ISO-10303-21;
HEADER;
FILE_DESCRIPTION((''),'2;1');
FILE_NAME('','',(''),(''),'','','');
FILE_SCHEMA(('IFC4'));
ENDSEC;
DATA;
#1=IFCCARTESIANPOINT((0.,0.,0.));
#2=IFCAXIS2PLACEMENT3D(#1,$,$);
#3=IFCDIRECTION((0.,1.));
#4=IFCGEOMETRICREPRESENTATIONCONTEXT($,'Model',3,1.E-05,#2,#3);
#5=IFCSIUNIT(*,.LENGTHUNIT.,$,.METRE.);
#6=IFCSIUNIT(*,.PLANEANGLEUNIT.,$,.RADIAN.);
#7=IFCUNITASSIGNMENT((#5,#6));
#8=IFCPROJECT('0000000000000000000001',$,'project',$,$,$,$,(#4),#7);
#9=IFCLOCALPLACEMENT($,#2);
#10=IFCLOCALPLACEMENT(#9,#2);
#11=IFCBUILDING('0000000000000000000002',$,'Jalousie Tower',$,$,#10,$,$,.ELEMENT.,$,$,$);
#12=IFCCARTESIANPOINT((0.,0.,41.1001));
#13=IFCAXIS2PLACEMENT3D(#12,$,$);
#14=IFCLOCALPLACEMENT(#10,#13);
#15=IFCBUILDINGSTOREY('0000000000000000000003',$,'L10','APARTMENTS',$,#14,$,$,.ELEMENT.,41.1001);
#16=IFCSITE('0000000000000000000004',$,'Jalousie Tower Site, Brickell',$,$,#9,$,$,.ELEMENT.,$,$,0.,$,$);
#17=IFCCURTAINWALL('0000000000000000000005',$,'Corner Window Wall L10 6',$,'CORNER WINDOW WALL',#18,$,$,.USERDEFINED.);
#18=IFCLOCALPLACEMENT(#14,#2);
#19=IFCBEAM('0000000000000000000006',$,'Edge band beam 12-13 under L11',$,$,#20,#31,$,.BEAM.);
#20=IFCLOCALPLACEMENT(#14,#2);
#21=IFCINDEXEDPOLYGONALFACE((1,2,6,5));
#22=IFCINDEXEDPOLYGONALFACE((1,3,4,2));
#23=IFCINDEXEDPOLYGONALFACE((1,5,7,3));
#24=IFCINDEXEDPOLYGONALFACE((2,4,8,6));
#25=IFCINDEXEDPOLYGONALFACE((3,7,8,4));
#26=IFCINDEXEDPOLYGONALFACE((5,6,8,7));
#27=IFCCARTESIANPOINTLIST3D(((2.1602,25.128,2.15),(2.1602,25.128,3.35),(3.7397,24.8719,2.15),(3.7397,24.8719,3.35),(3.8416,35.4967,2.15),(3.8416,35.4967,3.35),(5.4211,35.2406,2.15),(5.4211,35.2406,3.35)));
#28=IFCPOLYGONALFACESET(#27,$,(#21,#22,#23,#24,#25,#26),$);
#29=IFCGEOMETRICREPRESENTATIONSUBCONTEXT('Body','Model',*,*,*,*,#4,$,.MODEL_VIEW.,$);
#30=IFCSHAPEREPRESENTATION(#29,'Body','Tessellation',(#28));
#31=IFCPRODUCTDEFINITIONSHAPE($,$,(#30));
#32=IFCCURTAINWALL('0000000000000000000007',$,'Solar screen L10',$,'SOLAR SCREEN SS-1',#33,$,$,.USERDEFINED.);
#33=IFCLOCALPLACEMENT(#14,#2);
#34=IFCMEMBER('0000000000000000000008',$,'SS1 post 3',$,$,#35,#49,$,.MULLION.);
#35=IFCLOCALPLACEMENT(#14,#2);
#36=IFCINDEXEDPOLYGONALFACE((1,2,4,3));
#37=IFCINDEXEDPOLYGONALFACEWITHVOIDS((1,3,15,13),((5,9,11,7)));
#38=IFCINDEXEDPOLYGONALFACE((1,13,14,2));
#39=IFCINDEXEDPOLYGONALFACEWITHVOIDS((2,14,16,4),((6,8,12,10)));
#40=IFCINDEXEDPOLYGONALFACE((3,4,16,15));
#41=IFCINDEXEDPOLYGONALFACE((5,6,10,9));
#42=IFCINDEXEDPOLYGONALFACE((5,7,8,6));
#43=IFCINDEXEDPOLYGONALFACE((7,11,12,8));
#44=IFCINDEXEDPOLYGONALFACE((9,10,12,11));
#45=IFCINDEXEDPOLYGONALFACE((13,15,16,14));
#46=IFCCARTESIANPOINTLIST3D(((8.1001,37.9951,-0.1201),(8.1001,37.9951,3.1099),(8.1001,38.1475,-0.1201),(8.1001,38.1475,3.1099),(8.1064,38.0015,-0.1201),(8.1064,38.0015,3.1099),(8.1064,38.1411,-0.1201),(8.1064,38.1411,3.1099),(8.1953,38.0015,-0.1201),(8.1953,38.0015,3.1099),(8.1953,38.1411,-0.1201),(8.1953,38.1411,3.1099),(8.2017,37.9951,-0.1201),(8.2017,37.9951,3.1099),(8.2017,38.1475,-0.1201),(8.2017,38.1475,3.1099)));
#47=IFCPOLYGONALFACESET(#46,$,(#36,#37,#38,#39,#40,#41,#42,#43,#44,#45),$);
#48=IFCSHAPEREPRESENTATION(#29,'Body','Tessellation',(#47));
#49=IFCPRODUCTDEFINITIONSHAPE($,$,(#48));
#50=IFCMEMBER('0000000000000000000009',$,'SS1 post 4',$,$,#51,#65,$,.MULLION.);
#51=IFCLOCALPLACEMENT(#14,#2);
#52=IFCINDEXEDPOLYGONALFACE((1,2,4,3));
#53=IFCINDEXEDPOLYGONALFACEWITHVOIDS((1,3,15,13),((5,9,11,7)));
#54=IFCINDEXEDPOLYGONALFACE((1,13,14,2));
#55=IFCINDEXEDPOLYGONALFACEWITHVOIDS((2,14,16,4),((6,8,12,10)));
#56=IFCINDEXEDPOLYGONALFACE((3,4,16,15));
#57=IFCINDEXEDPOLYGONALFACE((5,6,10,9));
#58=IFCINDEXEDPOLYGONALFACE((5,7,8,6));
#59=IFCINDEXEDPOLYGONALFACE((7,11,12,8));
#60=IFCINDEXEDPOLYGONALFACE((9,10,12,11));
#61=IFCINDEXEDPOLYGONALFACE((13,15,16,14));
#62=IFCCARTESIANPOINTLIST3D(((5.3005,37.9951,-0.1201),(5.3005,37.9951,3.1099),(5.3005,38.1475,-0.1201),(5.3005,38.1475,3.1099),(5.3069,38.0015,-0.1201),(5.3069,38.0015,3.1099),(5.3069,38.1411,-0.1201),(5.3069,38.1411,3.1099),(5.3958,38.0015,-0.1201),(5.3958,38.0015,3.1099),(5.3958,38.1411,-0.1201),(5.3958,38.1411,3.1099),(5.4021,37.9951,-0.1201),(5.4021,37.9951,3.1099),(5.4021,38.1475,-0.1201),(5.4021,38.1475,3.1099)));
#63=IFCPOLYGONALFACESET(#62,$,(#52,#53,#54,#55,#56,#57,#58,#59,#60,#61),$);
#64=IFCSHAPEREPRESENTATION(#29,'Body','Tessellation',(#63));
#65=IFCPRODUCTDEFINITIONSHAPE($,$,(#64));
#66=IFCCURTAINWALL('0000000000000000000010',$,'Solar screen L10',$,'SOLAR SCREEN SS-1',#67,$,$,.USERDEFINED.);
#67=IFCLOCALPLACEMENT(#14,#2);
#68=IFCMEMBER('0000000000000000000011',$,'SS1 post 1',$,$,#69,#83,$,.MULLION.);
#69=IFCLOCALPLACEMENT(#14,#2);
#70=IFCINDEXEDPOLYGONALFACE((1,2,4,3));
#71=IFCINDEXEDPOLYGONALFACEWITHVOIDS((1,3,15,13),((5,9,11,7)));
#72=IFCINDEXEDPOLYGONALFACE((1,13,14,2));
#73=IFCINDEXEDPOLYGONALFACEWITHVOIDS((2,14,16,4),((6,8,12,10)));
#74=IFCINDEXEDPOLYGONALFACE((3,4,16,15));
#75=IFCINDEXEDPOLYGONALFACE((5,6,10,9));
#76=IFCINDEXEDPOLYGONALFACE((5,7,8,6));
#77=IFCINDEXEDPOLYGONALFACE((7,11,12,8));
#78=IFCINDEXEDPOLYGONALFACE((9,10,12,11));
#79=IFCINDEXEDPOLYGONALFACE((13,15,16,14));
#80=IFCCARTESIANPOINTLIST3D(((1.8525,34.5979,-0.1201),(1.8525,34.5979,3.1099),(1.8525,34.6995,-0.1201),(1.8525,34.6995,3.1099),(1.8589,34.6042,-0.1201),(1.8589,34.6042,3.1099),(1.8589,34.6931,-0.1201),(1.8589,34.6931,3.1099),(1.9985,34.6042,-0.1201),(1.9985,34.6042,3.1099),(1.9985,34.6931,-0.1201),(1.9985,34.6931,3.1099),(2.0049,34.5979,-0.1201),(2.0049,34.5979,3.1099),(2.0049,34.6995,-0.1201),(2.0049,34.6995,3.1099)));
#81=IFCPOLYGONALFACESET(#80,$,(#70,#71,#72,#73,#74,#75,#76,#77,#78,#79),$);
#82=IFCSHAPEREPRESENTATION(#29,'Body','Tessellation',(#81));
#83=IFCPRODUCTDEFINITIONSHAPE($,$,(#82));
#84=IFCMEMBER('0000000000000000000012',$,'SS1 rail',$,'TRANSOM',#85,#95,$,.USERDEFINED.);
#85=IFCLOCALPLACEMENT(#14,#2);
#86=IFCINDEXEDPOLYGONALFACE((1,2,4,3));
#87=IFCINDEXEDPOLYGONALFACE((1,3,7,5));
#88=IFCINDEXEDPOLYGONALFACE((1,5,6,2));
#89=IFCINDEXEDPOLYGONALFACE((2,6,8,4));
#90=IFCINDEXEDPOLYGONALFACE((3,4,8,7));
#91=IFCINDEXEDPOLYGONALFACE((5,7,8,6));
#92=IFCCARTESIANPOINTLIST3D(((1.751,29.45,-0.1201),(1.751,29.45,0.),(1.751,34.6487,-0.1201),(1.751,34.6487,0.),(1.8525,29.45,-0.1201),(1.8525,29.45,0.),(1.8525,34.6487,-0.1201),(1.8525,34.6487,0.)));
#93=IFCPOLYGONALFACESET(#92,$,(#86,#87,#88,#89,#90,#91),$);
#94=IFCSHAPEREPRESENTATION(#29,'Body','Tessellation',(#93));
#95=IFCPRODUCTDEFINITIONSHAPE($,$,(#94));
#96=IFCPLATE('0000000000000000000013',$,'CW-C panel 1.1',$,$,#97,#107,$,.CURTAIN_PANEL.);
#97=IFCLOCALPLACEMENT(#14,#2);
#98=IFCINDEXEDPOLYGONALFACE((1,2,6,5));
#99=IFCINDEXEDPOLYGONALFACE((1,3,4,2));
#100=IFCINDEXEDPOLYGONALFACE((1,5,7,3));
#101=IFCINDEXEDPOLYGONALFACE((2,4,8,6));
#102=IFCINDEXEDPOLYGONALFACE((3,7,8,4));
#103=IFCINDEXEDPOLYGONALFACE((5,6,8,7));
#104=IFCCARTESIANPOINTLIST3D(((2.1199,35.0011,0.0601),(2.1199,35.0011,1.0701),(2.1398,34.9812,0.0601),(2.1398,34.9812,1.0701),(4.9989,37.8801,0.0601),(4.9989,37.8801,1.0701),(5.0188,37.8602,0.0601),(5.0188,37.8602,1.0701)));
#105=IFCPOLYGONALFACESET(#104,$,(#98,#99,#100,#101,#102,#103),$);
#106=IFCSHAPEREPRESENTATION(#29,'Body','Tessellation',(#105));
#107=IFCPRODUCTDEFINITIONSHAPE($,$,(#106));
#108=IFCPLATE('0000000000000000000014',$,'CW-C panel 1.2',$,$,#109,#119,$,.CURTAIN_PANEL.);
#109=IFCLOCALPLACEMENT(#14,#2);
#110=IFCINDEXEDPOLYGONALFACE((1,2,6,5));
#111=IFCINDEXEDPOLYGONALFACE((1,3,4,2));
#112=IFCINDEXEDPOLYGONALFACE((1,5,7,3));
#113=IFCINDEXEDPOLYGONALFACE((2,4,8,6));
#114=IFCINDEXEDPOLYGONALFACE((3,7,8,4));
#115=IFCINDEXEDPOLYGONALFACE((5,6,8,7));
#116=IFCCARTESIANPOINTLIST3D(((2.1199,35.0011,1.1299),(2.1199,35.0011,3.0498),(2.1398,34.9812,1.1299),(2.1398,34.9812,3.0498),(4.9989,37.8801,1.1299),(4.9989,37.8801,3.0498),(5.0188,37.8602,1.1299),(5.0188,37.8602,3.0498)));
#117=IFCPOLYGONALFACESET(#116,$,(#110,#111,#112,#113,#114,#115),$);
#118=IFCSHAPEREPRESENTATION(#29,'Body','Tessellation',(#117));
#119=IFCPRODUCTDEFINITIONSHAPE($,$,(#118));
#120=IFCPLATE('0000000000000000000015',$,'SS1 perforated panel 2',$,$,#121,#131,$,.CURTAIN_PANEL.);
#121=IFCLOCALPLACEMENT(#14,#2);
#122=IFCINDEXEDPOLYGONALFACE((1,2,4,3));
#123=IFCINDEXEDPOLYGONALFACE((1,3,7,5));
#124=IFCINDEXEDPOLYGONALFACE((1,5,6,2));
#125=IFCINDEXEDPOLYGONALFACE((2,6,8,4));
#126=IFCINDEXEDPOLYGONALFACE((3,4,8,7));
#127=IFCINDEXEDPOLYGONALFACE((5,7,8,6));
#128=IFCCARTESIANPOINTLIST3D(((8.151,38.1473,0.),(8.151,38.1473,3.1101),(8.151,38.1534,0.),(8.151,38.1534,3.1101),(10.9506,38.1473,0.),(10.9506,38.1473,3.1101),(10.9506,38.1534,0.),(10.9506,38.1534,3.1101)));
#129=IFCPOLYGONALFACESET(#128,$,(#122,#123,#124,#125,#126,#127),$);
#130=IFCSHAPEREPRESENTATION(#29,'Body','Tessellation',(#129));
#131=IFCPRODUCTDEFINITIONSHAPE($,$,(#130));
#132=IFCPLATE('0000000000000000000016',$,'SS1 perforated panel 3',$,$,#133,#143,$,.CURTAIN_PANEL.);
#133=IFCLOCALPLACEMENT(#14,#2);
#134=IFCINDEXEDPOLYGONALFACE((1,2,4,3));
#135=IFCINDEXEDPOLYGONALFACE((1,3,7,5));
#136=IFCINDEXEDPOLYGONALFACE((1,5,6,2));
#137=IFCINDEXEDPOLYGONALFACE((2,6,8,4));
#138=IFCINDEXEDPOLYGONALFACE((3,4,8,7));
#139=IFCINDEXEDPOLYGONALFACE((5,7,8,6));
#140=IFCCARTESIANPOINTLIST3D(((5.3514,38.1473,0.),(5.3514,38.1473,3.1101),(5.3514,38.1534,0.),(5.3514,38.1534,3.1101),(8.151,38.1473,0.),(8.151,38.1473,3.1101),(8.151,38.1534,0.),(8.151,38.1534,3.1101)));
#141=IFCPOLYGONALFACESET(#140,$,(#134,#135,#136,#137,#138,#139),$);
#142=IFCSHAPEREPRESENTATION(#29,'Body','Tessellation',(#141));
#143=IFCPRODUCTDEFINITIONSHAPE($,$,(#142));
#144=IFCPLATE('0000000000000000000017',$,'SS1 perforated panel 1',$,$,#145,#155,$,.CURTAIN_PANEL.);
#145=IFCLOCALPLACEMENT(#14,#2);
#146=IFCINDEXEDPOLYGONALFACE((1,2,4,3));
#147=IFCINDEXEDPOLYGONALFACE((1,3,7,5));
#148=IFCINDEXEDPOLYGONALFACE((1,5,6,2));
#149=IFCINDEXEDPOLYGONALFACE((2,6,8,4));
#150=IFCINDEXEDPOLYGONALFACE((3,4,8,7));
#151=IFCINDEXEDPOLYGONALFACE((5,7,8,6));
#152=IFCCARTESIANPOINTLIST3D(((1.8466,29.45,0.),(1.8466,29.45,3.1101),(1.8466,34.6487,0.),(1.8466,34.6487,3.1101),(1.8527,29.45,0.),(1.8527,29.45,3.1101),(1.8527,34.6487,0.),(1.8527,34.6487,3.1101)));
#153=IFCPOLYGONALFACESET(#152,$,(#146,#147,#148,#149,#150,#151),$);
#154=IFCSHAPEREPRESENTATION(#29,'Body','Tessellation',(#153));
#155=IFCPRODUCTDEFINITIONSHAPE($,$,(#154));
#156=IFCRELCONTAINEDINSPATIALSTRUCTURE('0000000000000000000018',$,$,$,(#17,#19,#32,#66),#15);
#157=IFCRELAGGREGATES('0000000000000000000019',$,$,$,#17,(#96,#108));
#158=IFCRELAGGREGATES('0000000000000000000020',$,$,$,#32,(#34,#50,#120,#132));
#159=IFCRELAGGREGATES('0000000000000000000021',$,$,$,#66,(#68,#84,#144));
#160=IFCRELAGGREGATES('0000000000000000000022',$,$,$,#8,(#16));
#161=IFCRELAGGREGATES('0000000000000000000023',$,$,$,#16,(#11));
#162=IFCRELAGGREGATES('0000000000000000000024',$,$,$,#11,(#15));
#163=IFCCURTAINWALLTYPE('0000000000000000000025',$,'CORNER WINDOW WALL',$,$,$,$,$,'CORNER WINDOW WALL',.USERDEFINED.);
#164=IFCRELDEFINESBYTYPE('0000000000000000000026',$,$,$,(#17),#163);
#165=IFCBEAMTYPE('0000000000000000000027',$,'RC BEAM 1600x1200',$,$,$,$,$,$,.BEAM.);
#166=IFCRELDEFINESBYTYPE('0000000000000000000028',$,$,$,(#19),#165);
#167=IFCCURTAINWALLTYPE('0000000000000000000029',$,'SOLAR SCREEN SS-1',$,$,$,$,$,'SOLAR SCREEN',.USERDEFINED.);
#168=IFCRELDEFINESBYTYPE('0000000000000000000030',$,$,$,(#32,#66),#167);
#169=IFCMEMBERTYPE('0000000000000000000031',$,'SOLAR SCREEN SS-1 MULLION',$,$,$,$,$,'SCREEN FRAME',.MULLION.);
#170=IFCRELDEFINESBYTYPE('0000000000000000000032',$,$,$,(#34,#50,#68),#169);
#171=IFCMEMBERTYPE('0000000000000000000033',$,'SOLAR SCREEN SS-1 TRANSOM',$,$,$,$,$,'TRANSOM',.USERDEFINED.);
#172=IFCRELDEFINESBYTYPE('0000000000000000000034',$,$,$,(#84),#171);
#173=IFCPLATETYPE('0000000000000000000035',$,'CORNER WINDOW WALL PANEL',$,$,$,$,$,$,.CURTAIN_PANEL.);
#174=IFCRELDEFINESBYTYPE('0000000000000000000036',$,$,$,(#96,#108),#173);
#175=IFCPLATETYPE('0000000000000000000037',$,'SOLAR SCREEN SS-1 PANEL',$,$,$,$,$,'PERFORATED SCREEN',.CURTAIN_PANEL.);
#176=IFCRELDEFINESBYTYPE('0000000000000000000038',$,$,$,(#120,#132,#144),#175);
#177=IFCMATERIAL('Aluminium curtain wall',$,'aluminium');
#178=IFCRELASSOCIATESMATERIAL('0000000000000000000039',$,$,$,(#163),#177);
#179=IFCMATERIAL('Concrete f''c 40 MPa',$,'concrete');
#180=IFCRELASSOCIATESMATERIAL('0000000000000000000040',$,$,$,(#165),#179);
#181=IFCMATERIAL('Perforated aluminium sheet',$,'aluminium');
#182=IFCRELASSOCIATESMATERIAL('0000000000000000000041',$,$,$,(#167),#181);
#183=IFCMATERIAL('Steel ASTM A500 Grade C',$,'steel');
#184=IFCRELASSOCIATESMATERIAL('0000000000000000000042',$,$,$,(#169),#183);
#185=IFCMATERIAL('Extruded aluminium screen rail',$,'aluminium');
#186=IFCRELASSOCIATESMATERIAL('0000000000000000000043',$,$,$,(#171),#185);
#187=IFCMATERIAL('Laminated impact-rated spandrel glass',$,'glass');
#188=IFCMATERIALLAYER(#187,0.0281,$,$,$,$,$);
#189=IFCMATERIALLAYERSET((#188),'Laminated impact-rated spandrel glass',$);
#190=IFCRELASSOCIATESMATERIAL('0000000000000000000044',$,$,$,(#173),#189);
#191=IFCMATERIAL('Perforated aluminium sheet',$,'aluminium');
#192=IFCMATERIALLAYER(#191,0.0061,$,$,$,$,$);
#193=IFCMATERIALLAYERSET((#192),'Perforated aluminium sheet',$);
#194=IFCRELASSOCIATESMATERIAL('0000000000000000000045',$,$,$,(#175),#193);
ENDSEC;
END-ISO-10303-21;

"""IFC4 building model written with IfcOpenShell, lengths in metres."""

from ifc_helpers import new_model, si_unit, direction, frame, origin, origin_2d, place, context, subcontext, project, spatial, rectangle, hollow_rectangle, extrude, material, layer, layer_set, material_profile, profile_set, type_object, element, aggregate, save


model = new_model("IFC4")

# Units and contexts
model_context = context("Model", 3, precision=1e-05, world=origin(), true_north=direction((0.0, 1.0)))
body_context = subcontext(model_context, "Body", "Model", "MODEL_VIEW")
ifc_project = project(units=[si_unit("LENGTHUNIT", "METRE"), si_unit("PLANEANGLEUNIT", "RADIAN")], contexts=[model_context])

# Site, building, storey
site_placement = place(None, origin())
site = spatial("IfcSite", under=ifc_project, at=site_placement, Name="Jalousie Tower Site, Brickell", CompositionType="ELEMENT", RefElevation=0.0)
building_placement = place(site_placement, origin())
building = spatial("IfcBuilding", under=site, at=building_placement, Name="Jalousie Tower", CompositionType="ELEMENT")
storey_placement = place(building_placement, frame((0.0, 0.0, 41.1001)))
storey = spatial("IfcBuildingStorey", under=building, at=storey_placement, Name="L10", Description="APARTMENTS", CompositionType="ELEMENT", Elevation=41.1001)

# Curtain wall
ifc_material_1 = material(Name="Aluminium curtain wall", Category="aluminium")
curtain_wall_type_1 = type_object("IfcCurtainWallType", Name="CORNER WINDOW WALL", ElementType="CORNER WINDOW WALL", PredefinedType="USERDEFINED", material=ifc_material_1)
curtain_wall_1_placement = place(storey_placement, origin())
curtain_wall_1 = element("IfcCurtainWall", 1, at=curtain_wall_1_placement, inside=storey, type_object=curtain_wall_type_1, Name="Corner Window Wall L10 6", ObjectType="CORNER WINDOW WALL", PredefinedType="USERDEFINED")

# Beam
ifc_material_2 = material(Name="Concrete f'c 40 MPa", Category="concrete")
ifc_material_profile_1 = material_profile(ifc_material_2, rectangle(XDim=1.6001, YDim=1.2, at=origin_2d()), Name="RC 1600x1200")
ifc_profile_set_1 = profile_set([ifc_material_profile_1], Name="Concrete f'c 40 MPa")
beam_type_1 = type_object("IfcBeamType", Name="RC BEAM 1600x1200", PredefinedType="BEAM", material=ifc_profile_set_1)
beam_1_placement = place(storey_placement, frame((4.6313, 35.3687, 2.75), z_axis=(-0.160071, -0.987106, 0.0), x_axis=(0.987106, -0.160071, 0.0)))
element("IfcBeam", 2, at=beam_1_placement, inside=storey, type_object=beam_type_1, Name="Edge band beam 12-13 under L11", PredefinedType="BEAM", context=body_context, shape_type="SweptSolid", body=[
    extrude(rectangle(XDim=1.6001, YDim=1.2, at=origin_2d()), origin(), (0.0, 0.0, 1.0), 10.5042),
])

# Curtain walls, members
ifc_material_3 = material(Name="Perforated aluminium sheet", Category="aluminium")
curtain_wall_type_2 = type_object("IfcCurtainWallType", Name="SOLAR SCREEN SS-1", ElementType="SOLAR SCREEN", PredefinedType="USERDEFINED", material=ifc_material_3)
curtain_wall_2_placement = place(storey_placement, origin())
curtain_wall_2 = element("IfcCurtainWall", 3, at=curtain_wall_2_placement, inside=storey, type_object=curtain_wall_type_2, Name="Solar screen L10", ObjectType="SOLAR SCREEN SS-1", PredefinedType="USERDEFINED")
ifc_material_4 = material(Name="Steel ASTM A500 Grade C", Category="steel")
ifc_material_profile_2 = material_profile(ifc_material_4, hollow_rectangle(XDim=0.1016, YDim=0.1523, WallThickness=0.0063, at=origin_2d()), Name="HSS6X4X1/4")
ifc_profile_set_2 = profile_set([ifc_material_profile_2], Name="Steel ASTM A500 Grade C")
member_type_1 = type_object("IfcMemberType", Name="SOLAR SCREEN SS-1 MULLION", ElementType="SCREEN FRAME", PredefinedType="MULLION", material=ifc_profile_set_2)
member_1_placement = place(storey_placement, frame((8.1509, 38.0713, -0.1201), z_axis=(0.0, 0.0, 1.0), x_axis=(-1.0, 0.0, 0.0)))
member_1 = element("IfcMember", 4, at=member_1_placement, type_object=member_type_1, Name="SS1 post 3", PredefinedType="MULLION", context=body_context, shape_type="SweptSolid", body=[
    extrude(hollow_rectangle(XDim=0.1016, YDim=0.1523, WallThickness=0.0063, at=origin_2d()), origin(), (0.0, 0.0, 1.0), 3.23),
])
member_2_placement = place(storey_placement, frame((5.3513, 38.0713, -0.1201), z_axis=(0.0, 0.0, 1.0), x_axis=(-1.0, 0.0, 0.0)))
member_2 = element("IfcMember", 5, at=member_2_placement, type_object=member_type_1, Name="SS1 post 4", PredefinedType="MULLION", context=body_context, shape_type="SweptSolid", body=[
    extrude(hollow_rectangle(XDim=0.1016, YDim=0.1523, WallThickness=0.0063, at=origin_2d()), origin(), (0.0, 0.0, 1.0), 3.23),
])
curtain_wall_3_placement = place(storey_placement, origin())
curtain_wall_3 = element("IfcCurtainWall", 6, at=curtain_wall_3_placement, inside=storey, type_object=curtain_wall_type_2, Name="Solar screen L10", ObjectType="SOLAR SCREEN SS-1", PredefinedType="USERDEFINED")
member_3_placement = place(storey_placement, frame((1.9287, 34.6487, -0.1201), z_axis=(0.0, 0.0, 1.0), x_axis=(0.0, -1.0, 0.0)))
member_3 = element("IfcMember", 7, at=member_3_placement, type_object=member_type_1, Name="SS1 post 1", PredefinedType="MULLION", context=body_context, shape_type="SweptSolid", body=[
    extrude(hollow_rectangle(XDim=0.1016, YDim=0.1523, WallThickness=0.0063, at=origin_2d()), origin(), (0.0, 0.0, 1.0), 3.23),
])
ifc_material_5 = material(Name="Extruded aluminium screen rail", Category="aluminium")
ifc_material_profile_3 = material_profile(ifc_material_5, rectangle(XDim=0.1016, YDim=0.1201, at=origin_2d()), Name="RAIL 102x120")
ifc_profile_set_3 = profile_set([ifc_material_profile_3], Name="Extruded aluminium screen rail")
member_type_2 = type_object("IfcMemberType", Name="SOLAR SCREEN SS-1 TRANSOM", ElementType="TRANSOM", PredefinedType="USERDEFINED", material=ifc_profile_set_3)
member_4_placement = place(storey_placement, frame((1.8018, 34.6487, -0.0601), z_axis=(0.0, -1.0, 0.0), x_axis=(1.0, 0.0, 0.0)))
member_4 = element("IfcMember", 8, at=member_4_placement, type_object=member_type_2, Name="SS1 rail", ObjectType="TRANSOM", PredefinedType="USERDEFINED", context=body_context, shape_type="SweptSolid", body=[
    extrude(rectangle(XDim=0.1016, YDim=0.1201, at=origin_2d()), origin(), (0.0, 0.0, 1.0), 5.1987),
])

# Plates
ifc_material_6 = material(Name="Laminated impact-rated spandrel glass", Category="glass")
ifc_layer_1 = layer(ifc_material_6, 0.0281)
ifc_layer_set_1 = layer_set([ifc_layer_1], Name="Laminated impact-rated spandrel glass")
plate_type_1 = type_object("IfcPlateType", Name="CORNER WINDOW WALL PANEL", PredefinedType="CURTAIN_PANEL", material=ifc_layer_set_1)
plate_1_placement = place(storey_placement, frame((3.5693, 36.4307, 0.0601), z_axis=(0.0, 0.0, 1.0), x_axis=(-0.707107, -0.707107, 0.0)))
plate_1 = element("IfcPlate", 9, at=plate_1_placement, type_object=plate_type_1, Name="CW-C panel 1.1", PredefinedType="CURTAIN_PANEL", context=body_context, shape_type="SweptSolid", body=[
    extrude(rectangle(XDim=4.0715, YDim=0.0281, at=origin_2d()), origin(), (0.0, 0.0, 1.0), 1.01),
])
plate_2_placement = place(storey_placement, frame((3.5693, 36.4307, 1.1299), z_axis=(0.0, 0.0, 1.0), x_axis=(-0.707107, -0.707107, 0.0)))
plate_2 = element("IfcPlate", 10, at=plate_2_placement, type_object=plate_type_1, Name="CW-C panel 1.2", PredefinedType="CURTAIN_PANEL", context=body_context, shape_type="SweptSolid", body=[
    extrude(rectangle(XDim=4.0715, YDim=0.0281, at=origin_2d()), origin(), (0.0, 0.0, 1.0), 1.9199),
])
aggregate(curtain_wall_1, [plate_1, plate_2])
ifc_material_7 = material(Name="Perforated aluminium sheet", Category="aluminium")
ifc_layer_2 = layer(ifc_material_7, 0.0061)
ifc_layer_set_2 = layer_set([ifc_layer_2], Name="Perforated aluminium sheet")
plate_type_2 = type_object("IfcPlateType", Name="SOLAR SCREEN SS-1 PANEL", ElementType="PERFORATED SCREEN", PredefinedType="CURTAIN_PANEL", material=ifc_layer_set_2)
plate_3_placement = place(storey_placement, frame((9.5508, 38.1504, 0.0), z_axis=(0.0, 0.0, 1.0), x_axis=(-1.0, 0.0, 0.0)))
plate_3 = element("IfcPlate", 11, at=plate_3_placement, type_object=plate_type_2, Name="SS1 perforated panel 2", PredefinedType="CURTAIN_PANEL", context=body_context, shape_type="SweptSolid", body=[
    extrude(rectangle(XDim=2.7996, YDim=0.0061, at=origin_2d()), origin(), (0.0, 0.0, 1.0), 3.1101),
])
plate_4_placement = place(storey_placement, frame((6.7512, 38.1504, 0.0), z_axis=(0.0, 0.0, 1.0), x_axis=(-1.0, 0.0, 0.0)))
plate_4 = element("IfcPlate", 12, at=plate_4_placement, type_object=plate_type_2, Name="SS1 perforated panel 3", PredefinedType="CURTAIN_PANEL", context=body_context, shape_type="SweptSolid", body=[
    extrude(rectangle(XDim=2.7996, YDim=0.0061, at=origin_2d()), origin(), (0.0, 0.0, 1.0), 3.1101),
])
aggregate(curtain_wall_2, [member_1, member_2, plate_3, plate_4])
plate_5_placement = place(storey_placement, frame((1.8496, 32.0493, 0.0), z_axis=(0.0, 0.0, 1.0), x_axis=(0.0, -1.0, 0.0)))
plate_5 = element("IfcPlate", 13, at=plate_5_placement, type_object=plate_type_2, Name="SS1 perforated panel 1", PredefinedType="CURTAIN_PANEL", context=body_context, shape_type="SweptSolid", body=[
    extrude(rectangle(XDim=5.1987, YDim=0.0061, at=origin_2d()), origin(), (0.0, 0.0, 1.0), 3.1101),
])
aggregate(curtain_wall_3, [member_3, member_4, plate_5])

save(model, "model.ifc")
